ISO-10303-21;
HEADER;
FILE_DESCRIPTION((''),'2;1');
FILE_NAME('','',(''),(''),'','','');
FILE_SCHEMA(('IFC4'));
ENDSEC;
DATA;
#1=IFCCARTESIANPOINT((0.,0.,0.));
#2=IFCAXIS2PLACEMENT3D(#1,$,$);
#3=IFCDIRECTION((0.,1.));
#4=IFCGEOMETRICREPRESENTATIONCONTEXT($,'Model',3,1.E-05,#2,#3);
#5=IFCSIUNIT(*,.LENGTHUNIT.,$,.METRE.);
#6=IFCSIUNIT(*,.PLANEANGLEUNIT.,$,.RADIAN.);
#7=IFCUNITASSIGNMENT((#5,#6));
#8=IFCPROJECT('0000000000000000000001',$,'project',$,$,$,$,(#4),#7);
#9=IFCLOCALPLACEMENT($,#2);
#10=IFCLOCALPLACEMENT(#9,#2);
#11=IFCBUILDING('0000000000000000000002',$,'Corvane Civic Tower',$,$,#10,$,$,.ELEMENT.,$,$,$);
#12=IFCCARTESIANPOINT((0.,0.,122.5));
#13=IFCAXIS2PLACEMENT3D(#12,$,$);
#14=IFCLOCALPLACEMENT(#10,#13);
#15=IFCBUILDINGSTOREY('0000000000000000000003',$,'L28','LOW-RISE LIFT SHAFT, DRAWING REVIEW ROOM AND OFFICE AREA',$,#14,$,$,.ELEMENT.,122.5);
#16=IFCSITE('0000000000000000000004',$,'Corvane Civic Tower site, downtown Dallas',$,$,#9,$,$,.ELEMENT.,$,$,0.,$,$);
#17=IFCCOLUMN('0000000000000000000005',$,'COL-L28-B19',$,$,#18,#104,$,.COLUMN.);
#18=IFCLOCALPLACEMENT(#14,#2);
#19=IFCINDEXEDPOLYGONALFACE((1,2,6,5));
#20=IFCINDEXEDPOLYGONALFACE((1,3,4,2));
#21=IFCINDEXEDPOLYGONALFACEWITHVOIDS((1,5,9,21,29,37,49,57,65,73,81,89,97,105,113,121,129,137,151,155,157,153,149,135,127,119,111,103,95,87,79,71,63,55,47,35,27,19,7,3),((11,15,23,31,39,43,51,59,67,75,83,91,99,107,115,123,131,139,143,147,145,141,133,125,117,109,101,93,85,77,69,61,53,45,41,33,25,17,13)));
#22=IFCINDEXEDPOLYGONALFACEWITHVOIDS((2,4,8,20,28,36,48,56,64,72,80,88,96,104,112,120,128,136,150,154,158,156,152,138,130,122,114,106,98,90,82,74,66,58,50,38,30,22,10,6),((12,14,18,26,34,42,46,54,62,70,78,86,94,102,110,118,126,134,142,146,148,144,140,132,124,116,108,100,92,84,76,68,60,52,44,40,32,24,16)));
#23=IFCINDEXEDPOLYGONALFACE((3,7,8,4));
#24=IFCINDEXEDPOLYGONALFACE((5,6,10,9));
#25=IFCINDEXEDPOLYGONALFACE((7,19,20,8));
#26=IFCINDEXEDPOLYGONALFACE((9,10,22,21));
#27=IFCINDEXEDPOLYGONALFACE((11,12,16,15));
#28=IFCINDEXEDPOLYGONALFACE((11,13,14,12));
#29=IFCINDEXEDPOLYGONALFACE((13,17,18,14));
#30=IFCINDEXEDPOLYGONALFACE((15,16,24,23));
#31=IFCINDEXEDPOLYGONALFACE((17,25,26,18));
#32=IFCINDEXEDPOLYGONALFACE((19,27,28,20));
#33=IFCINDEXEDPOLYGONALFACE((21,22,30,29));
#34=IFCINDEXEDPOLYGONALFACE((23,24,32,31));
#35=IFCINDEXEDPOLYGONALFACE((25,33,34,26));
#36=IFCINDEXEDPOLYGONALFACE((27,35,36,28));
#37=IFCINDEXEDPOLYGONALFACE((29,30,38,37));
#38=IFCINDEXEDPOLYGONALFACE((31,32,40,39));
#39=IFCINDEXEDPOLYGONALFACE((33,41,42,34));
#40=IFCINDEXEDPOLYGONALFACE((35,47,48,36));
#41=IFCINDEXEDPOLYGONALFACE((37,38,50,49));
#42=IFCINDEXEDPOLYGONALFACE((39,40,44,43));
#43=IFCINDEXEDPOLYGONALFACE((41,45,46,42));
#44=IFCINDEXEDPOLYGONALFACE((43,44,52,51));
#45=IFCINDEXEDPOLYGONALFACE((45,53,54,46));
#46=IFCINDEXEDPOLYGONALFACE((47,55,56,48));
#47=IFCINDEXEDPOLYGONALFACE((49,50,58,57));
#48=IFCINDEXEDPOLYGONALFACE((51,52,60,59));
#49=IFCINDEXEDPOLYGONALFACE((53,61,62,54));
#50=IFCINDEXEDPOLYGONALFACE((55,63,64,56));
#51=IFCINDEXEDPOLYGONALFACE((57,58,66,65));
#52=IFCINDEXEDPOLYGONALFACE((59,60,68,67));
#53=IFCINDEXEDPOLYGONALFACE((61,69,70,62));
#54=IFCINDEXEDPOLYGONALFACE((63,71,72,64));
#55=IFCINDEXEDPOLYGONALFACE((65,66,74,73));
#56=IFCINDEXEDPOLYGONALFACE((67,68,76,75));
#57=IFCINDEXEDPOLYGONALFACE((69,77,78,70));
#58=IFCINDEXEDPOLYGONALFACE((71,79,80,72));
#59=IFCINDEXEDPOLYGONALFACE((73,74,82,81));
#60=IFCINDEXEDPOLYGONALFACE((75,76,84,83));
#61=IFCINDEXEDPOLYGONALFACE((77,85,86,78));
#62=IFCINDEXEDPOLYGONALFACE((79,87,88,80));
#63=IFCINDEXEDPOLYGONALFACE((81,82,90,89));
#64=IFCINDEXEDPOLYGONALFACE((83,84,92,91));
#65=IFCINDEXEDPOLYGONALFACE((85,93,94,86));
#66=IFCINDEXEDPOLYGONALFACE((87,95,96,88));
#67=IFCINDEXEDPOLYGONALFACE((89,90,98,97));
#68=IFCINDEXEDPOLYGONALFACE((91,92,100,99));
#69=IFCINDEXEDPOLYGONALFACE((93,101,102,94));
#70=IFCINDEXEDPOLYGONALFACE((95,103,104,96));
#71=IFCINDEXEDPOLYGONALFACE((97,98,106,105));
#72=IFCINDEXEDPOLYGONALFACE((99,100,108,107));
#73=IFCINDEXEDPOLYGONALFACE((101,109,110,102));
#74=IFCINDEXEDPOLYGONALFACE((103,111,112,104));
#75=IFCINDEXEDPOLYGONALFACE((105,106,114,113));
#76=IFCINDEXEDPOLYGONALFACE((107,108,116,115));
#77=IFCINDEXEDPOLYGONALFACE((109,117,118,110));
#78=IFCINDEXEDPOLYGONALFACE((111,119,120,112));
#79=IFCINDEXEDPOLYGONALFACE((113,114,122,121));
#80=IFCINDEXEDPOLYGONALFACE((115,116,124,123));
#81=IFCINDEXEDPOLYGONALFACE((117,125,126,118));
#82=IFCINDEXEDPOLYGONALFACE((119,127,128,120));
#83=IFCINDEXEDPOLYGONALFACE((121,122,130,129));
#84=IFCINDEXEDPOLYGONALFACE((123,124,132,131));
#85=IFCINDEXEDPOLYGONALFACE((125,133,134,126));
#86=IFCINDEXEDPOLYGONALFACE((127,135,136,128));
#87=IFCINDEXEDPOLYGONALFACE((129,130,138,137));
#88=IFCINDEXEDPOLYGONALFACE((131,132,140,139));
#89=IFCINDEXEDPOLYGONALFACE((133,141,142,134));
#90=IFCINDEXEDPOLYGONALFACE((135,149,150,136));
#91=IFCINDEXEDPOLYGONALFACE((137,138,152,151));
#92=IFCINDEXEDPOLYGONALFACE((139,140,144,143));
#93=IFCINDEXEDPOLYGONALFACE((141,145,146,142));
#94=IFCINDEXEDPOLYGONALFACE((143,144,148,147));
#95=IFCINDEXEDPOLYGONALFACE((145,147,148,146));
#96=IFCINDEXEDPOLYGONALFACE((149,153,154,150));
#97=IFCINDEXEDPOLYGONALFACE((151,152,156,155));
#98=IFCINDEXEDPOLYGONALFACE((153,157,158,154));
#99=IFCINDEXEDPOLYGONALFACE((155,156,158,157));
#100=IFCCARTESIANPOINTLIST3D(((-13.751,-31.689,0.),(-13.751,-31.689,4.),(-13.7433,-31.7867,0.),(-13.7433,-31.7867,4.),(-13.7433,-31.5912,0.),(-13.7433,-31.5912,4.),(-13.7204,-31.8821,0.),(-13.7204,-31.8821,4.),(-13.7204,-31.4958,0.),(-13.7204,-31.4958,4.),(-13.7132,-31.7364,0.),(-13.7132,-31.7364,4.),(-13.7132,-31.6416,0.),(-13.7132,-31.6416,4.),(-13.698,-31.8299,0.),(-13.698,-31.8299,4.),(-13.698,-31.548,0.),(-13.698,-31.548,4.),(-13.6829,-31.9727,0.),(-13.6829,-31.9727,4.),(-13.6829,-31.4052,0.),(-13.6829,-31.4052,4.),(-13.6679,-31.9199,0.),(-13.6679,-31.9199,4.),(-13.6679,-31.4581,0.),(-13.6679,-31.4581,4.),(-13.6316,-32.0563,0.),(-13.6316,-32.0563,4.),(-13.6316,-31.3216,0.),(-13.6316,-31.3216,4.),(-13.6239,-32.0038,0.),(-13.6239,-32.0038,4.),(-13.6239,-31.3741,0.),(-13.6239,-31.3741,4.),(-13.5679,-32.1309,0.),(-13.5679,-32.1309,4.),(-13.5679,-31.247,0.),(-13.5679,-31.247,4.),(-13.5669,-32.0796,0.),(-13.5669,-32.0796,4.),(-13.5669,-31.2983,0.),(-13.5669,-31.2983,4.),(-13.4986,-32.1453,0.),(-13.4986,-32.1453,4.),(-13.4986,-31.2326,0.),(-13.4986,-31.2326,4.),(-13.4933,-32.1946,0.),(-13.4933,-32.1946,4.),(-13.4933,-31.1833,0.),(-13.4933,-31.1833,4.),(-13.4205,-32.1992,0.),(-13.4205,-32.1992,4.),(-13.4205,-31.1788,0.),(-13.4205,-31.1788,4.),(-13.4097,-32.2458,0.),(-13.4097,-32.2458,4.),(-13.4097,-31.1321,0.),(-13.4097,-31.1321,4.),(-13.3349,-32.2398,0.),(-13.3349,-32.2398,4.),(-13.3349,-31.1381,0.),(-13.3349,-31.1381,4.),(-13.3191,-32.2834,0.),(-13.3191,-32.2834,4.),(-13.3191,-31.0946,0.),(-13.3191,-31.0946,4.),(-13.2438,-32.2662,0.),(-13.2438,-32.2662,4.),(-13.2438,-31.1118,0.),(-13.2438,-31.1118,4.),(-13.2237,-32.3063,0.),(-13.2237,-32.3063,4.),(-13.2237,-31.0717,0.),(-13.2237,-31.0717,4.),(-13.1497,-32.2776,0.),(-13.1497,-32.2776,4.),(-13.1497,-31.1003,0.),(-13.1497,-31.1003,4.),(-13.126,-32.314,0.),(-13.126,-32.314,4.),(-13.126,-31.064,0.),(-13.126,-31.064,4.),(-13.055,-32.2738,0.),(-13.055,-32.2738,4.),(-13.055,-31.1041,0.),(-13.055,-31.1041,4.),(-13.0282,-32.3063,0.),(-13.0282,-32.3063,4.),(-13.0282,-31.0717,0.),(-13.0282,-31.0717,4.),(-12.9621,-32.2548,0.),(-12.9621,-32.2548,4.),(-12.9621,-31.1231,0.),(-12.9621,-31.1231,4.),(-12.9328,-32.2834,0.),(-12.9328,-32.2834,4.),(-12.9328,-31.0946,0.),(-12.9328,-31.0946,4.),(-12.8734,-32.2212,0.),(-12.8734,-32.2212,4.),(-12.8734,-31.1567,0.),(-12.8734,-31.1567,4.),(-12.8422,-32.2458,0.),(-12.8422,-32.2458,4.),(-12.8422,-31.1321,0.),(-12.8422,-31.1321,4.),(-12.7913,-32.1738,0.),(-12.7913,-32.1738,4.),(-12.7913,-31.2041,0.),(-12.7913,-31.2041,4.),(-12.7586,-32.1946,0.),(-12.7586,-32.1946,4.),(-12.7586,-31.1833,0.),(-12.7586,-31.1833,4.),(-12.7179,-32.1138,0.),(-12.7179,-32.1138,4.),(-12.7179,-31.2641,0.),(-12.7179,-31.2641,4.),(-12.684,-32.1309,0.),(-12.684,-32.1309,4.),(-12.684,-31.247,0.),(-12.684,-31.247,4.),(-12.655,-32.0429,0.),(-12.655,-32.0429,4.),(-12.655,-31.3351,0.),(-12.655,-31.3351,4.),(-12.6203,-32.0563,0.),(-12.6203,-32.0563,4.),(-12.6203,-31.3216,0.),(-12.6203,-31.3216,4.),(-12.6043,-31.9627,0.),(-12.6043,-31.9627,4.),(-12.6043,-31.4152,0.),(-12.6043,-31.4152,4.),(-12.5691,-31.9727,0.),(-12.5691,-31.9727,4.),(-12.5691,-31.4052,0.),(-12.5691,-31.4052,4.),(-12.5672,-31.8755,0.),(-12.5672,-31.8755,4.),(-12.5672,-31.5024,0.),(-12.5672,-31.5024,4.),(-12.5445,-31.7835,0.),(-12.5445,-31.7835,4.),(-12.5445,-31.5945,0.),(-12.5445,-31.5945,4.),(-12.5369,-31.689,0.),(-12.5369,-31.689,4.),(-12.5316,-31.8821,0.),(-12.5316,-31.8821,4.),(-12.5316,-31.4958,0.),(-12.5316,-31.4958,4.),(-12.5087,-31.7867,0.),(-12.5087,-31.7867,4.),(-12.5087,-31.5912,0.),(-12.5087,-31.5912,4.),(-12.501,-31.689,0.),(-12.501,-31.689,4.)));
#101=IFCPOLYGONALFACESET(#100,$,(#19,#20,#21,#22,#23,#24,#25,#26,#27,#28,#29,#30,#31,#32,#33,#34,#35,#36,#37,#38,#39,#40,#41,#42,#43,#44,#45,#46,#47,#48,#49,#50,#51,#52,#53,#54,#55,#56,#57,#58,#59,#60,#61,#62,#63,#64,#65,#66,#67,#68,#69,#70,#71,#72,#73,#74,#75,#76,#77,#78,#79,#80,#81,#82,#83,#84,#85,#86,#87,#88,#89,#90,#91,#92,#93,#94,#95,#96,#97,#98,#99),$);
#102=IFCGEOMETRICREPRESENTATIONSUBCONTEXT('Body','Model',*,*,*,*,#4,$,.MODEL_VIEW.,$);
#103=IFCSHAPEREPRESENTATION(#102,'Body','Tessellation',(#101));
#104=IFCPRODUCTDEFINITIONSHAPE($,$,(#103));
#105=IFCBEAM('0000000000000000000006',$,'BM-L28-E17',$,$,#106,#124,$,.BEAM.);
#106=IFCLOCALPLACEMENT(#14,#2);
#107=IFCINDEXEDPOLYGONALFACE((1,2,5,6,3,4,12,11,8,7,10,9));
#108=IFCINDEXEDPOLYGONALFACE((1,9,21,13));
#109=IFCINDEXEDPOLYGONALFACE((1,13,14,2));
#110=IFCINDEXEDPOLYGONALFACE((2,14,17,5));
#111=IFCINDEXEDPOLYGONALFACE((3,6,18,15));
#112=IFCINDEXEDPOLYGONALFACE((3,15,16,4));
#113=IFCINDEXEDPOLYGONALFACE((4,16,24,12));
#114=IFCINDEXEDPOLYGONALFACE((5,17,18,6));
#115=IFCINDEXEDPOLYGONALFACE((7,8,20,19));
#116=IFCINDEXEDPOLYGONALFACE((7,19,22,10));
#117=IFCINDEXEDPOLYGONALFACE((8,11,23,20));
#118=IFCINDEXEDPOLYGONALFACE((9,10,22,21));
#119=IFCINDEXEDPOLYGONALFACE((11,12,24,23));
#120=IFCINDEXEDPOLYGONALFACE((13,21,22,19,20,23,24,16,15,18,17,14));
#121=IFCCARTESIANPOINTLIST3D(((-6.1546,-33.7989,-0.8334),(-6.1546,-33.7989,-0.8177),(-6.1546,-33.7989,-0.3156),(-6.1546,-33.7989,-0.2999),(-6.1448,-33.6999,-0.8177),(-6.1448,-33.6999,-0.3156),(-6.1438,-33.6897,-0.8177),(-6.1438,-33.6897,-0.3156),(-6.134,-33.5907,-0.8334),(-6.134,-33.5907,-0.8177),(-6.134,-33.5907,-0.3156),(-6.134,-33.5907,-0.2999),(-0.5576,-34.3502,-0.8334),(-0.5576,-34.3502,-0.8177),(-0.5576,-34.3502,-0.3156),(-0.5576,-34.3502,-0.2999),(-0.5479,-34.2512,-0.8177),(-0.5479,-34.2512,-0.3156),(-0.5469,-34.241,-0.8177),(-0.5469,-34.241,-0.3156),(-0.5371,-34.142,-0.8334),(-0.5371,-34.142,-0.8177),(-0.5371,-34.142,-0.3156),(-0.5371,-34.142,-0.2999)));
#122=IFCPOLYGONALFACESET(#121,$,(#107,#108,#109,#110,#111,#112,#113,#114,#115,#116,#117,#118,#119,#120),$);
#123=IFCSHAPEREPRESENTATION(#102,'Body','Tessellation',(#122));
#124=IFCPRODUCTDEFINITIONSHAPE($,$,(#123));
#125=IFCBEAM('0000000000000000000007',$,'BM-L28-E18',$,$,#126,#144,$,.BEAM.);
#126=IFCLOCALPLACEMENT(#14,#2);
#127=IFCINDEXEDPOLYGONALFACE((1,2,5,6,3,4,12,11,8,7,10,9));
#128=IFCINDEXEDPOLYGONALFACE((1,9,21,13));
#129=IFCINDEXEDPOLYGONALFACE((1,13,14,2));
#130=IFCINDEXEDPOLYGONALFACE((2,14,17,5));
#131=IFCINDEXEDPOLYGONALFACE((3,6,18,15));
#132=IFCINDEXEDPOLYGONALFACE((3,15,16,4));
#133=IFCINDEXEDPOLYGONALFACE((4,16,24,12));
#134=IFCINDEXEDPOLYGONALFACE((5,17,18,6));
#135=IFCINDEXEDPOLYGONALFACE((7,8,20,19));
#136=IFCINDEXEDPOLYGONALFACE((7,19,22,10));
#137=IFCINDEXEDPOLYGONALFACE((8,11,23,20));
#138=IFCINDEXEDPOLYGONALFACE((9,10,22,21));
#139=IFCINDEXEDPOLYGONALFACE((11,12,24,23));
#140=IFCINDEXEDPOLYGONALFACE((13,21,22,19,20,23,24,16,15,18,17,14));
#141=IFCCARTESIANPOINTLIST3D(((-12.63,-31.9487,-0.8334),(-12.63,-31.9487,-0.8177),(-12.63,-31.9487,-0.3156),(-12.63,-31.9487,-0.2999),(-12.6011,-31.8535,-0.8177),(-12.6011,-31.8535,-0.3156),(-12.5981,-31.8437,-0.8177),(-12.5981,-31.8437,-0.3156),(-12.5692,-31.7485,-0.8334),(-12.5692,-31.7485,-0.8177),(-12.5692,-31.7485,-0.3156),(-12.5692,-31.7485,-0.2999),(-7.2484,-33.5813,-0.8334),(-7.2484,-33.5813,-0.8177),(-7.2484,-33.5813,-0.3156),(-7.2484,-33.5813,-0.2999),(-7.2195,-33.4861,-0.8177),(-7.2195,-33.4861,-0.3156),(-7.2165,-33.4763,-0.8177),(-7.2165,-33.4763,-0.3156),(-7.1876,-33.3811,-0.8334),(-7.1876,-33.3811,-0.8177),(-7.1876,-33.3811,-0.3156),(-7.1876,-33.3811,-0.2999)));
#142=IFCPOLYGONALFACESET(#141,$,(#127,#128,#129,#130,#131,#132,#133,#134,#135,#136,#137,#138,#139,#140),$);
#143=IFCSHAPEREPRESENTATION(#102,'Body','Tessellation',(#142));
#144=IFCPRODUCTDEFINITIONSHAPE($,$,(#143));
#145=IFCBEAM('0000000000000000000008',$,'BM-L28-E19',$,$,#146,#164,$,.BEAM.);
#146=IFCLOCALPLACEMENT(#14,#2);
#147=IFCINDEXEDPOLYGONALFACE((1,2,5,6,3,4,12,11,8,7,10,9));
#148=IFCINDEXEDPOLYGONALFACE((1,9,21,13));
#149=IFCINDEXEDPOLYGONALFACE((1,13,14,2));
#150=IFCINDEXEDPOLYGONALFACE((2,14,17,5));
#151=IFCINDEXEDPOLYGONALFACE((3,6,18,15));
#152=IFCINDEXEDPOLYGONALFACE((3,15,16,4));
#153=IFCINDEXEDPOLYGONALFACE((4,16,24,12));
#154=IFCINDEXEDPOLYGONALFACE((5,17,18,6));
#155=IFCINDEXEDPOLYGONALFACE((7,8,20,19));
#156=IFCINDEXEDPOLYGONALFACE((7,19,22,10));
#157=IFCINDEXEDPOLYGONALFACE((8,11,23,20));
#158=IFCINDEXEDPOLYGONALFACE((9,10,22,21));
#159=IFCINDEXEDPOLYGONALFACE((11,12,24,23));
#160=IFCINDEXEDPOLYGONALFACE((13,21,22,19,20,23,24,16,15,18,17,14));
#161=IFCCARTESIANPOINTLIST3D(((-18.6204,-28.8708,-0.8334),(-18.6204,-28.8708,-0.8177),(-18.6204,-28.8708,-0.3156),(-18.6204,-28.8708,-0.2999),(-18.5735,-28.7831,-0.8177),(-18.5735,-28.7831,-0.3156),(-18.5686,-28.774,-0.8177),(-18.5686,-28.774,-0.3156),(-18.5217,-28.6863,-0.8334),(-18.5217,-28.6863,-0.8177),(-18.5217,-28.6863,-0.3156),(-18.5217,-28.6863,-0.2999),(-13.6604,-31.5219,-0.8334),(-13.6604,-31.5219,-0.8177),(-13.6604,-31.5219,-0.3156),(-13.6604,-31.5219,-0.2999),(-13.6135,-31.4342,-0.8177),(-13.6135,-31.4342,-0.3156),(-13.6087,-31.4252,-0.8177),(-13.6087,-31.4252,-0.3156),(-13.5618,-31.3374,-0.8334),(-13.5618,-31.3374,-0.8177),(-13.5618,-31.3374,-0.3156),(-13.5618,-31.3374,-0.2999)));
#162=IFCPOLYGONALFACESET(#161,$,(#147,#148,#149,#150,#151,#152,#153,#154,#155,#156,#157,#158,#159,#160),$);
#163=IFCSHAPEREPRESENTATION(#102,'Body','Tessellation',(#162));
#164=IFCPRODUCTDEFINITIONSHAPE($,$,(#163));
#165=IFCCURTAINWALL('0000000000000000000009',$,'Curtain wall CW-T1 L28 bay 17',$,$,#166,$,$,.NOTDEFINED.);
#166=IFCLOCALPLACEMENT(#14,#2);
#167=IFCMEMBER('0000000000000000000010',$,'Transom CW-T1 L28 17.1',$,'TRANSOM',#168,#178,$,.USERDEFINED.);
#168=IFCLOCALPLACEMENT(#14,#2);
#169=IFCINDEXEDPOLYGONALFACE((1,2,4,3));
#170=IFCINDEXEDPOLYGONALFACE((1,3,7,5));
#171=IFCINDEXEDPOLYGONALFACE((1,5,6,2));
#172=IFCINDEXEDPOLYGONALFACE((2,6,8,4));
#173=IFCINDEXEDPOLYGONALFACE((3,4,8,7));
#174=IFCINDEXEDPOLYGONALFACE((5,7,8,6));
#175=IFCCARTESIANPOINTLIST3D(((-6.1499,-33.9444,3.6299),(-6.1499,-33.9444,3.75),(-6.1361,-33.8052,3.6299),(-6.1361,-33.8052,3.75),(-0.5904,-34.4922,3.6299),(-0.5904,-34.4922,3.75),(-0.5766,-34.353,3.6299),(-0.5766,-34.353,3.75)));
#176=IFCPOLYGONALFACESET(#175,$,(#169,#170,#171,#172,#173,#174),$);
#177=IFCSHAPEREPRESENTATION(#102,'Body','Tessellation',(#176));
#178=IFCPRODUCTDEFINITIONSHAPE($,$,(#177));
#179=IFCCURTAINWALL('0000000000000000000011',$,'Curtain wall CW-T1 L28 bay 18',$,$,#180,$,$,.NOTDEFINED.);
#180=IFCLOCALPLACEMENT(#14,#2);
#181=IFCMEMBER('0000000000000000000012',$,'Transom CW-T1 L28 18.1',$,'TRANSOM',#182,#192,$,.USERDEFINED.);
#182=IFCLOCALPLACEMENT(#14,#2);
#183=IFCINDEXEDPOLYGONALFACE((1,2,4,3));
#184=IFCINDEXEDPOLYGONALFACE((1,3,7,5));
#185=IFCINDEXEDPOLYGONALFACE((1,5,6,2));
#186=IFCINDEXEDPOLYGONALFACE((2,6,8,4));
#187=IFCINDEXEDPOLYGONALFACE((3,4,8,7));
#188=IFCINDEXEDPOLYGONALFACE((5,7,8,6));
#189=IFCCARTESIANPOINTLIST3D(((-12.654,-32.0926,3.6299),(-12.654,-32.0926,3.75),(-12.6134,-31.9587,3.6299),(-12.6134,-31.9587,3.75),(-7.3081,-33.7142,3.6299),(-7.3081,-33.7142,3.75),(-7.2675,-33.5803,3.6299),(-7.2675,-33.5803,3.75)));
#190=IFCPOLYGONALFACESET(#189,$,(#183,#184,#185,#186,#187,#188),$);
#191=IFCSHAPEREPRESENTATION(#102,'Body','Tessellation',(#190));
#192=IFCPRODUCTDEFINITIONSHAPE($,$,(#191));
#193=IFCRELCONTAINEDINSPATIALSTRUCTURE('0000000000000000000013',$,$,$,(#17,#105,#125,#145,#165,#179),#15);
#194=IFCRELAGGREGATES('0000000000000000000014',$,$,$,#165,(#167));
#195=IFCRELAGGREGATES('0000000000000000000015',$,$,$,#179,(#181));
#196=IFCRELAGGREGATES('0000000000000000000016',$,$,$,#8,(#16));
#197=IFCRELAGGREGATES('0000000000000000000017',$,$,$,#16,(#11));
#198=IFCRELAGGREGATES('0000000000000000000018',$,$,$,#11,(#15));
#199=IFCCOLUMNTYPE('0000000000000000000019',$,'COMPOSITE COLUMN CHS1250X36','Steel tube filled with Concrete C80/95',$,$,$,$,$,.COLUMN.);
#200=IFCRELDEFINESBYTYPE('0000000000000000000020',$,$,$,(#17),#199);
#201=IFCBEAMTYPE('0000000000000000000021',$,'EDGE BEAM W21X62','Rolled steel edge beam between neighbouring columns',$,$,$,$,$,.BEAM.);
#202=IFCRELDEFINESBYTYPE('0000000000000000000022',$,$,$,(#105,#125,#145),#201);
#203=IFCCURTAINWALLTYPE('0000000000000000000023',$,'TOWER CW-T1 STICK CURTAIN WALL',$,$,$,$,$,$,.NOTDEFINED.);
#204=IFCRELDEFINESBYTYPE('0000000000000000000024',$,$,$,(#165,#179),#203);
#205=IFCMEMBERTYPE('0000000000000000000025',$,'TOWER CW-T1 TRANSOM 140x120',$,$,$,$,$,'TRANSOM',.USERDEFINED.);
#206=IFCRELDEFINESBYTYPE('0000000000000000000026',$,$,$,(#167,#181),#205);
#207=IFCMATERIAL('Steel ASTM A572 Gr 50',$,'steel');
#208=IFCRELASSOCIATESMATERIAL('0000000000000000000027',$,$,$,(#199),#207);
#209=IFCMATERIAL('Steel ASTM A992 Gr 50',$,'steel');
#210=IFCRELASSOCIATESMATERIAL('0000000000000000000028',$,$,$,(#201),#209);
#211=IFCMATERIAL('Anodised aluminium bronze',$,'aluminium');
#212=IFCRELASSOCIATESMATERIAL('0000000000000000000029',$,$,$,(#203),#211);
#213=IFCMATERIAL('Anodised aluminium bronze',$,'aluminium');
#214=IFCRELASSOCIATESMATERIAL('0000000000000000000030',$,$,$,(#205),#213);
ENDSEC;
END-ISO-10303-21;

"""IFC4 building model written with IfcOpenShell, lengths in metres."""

from ifc_helpers import new_model, si_unit, direction, frame, origin, origin_2d, place, context, subcontext, project, spatial, rectangle, hollow_circle, i_section, extrude, material, material_profile, profile_set, type_object, element, aggregate, save


model = new_model("IFC4")

# Units and contexts
model_context = context("Model", 3, precision=1e-05, world=origin(), true_north=direction((0.0, 1.0)))
body_context = subcontext(model_context, "Body", "Model", "MODEL_VIEW")
ifc_project = project(units=[si_unit("LENGTHUNIT", "METRE"), si_unit("PLANEANGLEUNIT", "RADIAN")], contexts=[model_context])

# Site, building, storey
site_placement = place(None, origin())
site = spatial("IfcSite", under=ifc_project, at=site_placement, Name="Corvane Civic Tower site, downtown Dallas", CompositionType="ELEMENT", RefElevation=0.0)
building_placement = place(site_placement, origin())
building = spatial("IfcBuilding", under=site, at=building_placement, Name="Corvane Civic Tower", CompositionType="ELEMENT")
storey_placement = place(building_placement, frame((0.0, 0.0, 122.5)))
storey = spatial("IfcBuildingStorey", under=building, at=storey_placement, Name="L28", Description="LOW-RISE LIFT SHAFT, DRAWING REVIEW ROOM AND OFFICE AREA", CompositionType="ELEMENT", Elevation=122.5)

# Column
ifc_material_1 = material(Name="Steel ASTM A572 Gr 50", Category="steel")
ifc_material_profile_1 = material_profile(ifc_material_1, hollow_circle(Radius=0.625, WallThickness=0.0359, at=origin_2d()), Name="CHS1250X36")
ifc_profile_set_1 = profile_set([ifc_material_profile_1], Name="Steel ASTM A572 Gr 50")
column_type = type_object("IfcColumnType", Name="COMPOSITE COLUMN CHS1250X36", Description="Steel tube filled with Concrete C80/95", PredefinedType="COLUMN", material=ifc_profile_set_1)
for number, where, z_axis, x_axis, name in (
    (1, (-13.126, -31.689, 0.0), (0.0, 0.0, 1.0), (1.0, 0.0, 0.0), "COL-L28-B19"),
):
    element("IfcColumn", number, at=place(storey_placement, frame(where, z_axis=z_axis, x_axis=x_axis)), inside=storey, type_object=column_type, Name=name, PredefinedType="COLUMN", context=body_context, shape_type="SweptSolid", body=[
        extrude(hollow_circle(Radius=0.625, WallThickness=0.0359, at=origin_2d()), origin(), (0.0, 0.0, 1.0), 4.0),
    ])

# Beams
ifc_material_2 = material(Name="Steel ASTM A992 Gr 50", Category="steel")
ifc_material_profile_2 = material_profile(ifc_material_2, i_section(OverallWidth=0.2092, OverallDepth=0.5334, WebThickness=0.0103, FlangeThickness=0.0156, at=origin_2d()), Name="W21X62")
ifc_profile_set_2 = profile_set([ifc_material_profile_2], Name="Steel ASTM A992 Gr 50")
beam_type = type_object("IfcBeamType", Name="EDGE BEAM W21X62", Description="Rolled steel edge beam between neighbouring columns", PredefinedType="BEAM", material=ifc_profile_set_2)
beam_1_placement = place(storey_placement, frame((-0.5474, -34.2461, -0.5667), z_axis=(-0.995184, 0.098021, 0.0), x_axis=(-0.098021, -0.995184, 0.0)))
element("IfcBeam", 2, at=beam_1_placement, inside=storey, type_object=beam_type, Name="BM-L28-E17", PredefinedType="BEAM", context=body_context, shape_type="SweptSolid", body=[
    extrude(i_section(OverallWidth=0.2092, OverallDepth=0.5334, WebThickness=0.0103, FlangeThickness=0.0156, at=origin_2d()), origin(), (0.0, 0.0, 1.0), 5.624),
])
beam_2_placement = place(storey_placement, frame((-7.218, -33.4812, -0.5667), z_axis=(-0.956936, 0.290298, 0.0), x_axis=(-0.290298, -0.956936, 0.0)))
element("IfcBeam", 3, at=beam_2_placement, inside=storey, type_object=beam_type, Name="BM-L28-E18", PredefinedType="BEAM", context=body_context, shape_type="SweptSolid", body=[
    extrude(i_section(OverallWidth=0.2092, OverallDepth=0.5334, WebThickness=0.0103, FlangeThickness=0.0156, at=origin_2d()), origin(), (0.0, 0.0, 1.0), 5.6238),
])
beam_3_placement = place(storey_placement, frame((-13.6111, -31.4297, -0.5667), z_axis=(-0.881924, 0.471392, 0.0), x_axis=(-0.471392, -0.881924, 0.0)))
element("IfcBeam", 4, at=beam_3_placement, inside=storey, type_object=beam_type, Name="BM-L28-E19", PredefinedType="BEAM", context=body_context, shape_type="SweptSolid", body=[
    extrude(i_section(OverallWidth=0.2092, OverallDepth=0.5334, WebThickness=0.0103, FlangeThickness=0.0156, at=origin_2d()), origin(), (0.0, 0.0, 1.0), 5.624),
])

# Curtain walls, members
ifc_material_3 = material(Name="Anodised aluminium bronze", Category="aluminium")
curtain_wall_type = type_object("IfcCurtainWallType", Name="TOWER CW-T1 STICK CURTAIN WALL", PredefinedType="NOTDEFINED", material=ifc_material_3)
curtain_wall_1_placement = place(storey_placement, origin())
curtain_wall_1 = element("IfcCurtainWall", 5, at=curtain_wall_1_placement, inside=storey, type_object=curtain_wall_type, Name="Curtain wall CW-T1 L28 bay 17", PredefinedType="NOTDEFINED")
ifc_material_4 = material(Name="Anodised aluminium bronze", Category="aluminium")
ifc_material_profile_3 = material_profile(ifc_material_4, rectangle(XDim=0.1399, YDim=0.1201, at=origin_2d()), Name="TOWER CW-T1 TRANSOM 140x120")
ifc_profile_set_3 = profile_set([ifc_material_profile_3], Name="Anodised aluminium bronze")
member_type = type_object("IfcMemberType", Name="TOWER CW-T1 TRANSOM 140x120", ElementType="TRANSOM", PredefinedType="USERDEFINED", material=ifc_profile_set_3)
member_1_placement = place(storey_placement, frame((-0.5835, -34.4226, 3.6899), z_axis=(-0.99518, 0.098067, 0.0), x_axis=(-0.098067, -0.99518, 0.0)))
member_1 = element("IfcMember", 6, at=member_1_placement, type_object=member_type, Name="Transom CW-T1 L28 17.1", ObjectType="TRANSOM", PredefinedType="USERDEFINED", context=body_context, shape_type="SweptSolid", body=[
    extrude(rectangle(XDim=0.1399, YDim=0.1201, at=origin_2d()), origin(), (0.0, 0.0, 1.0), 5.5864),
])
curtain_wall_2_placement = place(storey_placement, origin())
curtain_wall_2 = element("IfcCurtainWall", 7, at=curtain_wall_2_placement, inside=storey, type_object=curtain_wall_type, Name="Curtain wall CW-T1 L28 bay 18", PredefinedType="NOTDEFINED")
member_2_placement = place(storey_placement, frame((-7.2878, -33.6472, 3.6899), z_axis=(-0.956945, 0.290269, 0.0), x_axis=(-0.290269, -0.956945, 0.0)))
member_2 = element("IfcMember", 8, at=member_2_placement, type_object=member_type, Name="Transom CW-T1 L28 18.1", ObjectType="TRANSOM", PredefinedType="USERDEFINED", context=body_context, shape_type="SweptSolid", body=[
    extrude(rectangle(XDim=0.1399, YDim=0.1201, at=origin_2d()), origin(), (0.0, 0.0, 1.0), 5.5864),
])

aggregate(curtain_wall_1, [member_1])
aggregate(curtain_wall_2, [member_2])

save(model, "model.ifc")
